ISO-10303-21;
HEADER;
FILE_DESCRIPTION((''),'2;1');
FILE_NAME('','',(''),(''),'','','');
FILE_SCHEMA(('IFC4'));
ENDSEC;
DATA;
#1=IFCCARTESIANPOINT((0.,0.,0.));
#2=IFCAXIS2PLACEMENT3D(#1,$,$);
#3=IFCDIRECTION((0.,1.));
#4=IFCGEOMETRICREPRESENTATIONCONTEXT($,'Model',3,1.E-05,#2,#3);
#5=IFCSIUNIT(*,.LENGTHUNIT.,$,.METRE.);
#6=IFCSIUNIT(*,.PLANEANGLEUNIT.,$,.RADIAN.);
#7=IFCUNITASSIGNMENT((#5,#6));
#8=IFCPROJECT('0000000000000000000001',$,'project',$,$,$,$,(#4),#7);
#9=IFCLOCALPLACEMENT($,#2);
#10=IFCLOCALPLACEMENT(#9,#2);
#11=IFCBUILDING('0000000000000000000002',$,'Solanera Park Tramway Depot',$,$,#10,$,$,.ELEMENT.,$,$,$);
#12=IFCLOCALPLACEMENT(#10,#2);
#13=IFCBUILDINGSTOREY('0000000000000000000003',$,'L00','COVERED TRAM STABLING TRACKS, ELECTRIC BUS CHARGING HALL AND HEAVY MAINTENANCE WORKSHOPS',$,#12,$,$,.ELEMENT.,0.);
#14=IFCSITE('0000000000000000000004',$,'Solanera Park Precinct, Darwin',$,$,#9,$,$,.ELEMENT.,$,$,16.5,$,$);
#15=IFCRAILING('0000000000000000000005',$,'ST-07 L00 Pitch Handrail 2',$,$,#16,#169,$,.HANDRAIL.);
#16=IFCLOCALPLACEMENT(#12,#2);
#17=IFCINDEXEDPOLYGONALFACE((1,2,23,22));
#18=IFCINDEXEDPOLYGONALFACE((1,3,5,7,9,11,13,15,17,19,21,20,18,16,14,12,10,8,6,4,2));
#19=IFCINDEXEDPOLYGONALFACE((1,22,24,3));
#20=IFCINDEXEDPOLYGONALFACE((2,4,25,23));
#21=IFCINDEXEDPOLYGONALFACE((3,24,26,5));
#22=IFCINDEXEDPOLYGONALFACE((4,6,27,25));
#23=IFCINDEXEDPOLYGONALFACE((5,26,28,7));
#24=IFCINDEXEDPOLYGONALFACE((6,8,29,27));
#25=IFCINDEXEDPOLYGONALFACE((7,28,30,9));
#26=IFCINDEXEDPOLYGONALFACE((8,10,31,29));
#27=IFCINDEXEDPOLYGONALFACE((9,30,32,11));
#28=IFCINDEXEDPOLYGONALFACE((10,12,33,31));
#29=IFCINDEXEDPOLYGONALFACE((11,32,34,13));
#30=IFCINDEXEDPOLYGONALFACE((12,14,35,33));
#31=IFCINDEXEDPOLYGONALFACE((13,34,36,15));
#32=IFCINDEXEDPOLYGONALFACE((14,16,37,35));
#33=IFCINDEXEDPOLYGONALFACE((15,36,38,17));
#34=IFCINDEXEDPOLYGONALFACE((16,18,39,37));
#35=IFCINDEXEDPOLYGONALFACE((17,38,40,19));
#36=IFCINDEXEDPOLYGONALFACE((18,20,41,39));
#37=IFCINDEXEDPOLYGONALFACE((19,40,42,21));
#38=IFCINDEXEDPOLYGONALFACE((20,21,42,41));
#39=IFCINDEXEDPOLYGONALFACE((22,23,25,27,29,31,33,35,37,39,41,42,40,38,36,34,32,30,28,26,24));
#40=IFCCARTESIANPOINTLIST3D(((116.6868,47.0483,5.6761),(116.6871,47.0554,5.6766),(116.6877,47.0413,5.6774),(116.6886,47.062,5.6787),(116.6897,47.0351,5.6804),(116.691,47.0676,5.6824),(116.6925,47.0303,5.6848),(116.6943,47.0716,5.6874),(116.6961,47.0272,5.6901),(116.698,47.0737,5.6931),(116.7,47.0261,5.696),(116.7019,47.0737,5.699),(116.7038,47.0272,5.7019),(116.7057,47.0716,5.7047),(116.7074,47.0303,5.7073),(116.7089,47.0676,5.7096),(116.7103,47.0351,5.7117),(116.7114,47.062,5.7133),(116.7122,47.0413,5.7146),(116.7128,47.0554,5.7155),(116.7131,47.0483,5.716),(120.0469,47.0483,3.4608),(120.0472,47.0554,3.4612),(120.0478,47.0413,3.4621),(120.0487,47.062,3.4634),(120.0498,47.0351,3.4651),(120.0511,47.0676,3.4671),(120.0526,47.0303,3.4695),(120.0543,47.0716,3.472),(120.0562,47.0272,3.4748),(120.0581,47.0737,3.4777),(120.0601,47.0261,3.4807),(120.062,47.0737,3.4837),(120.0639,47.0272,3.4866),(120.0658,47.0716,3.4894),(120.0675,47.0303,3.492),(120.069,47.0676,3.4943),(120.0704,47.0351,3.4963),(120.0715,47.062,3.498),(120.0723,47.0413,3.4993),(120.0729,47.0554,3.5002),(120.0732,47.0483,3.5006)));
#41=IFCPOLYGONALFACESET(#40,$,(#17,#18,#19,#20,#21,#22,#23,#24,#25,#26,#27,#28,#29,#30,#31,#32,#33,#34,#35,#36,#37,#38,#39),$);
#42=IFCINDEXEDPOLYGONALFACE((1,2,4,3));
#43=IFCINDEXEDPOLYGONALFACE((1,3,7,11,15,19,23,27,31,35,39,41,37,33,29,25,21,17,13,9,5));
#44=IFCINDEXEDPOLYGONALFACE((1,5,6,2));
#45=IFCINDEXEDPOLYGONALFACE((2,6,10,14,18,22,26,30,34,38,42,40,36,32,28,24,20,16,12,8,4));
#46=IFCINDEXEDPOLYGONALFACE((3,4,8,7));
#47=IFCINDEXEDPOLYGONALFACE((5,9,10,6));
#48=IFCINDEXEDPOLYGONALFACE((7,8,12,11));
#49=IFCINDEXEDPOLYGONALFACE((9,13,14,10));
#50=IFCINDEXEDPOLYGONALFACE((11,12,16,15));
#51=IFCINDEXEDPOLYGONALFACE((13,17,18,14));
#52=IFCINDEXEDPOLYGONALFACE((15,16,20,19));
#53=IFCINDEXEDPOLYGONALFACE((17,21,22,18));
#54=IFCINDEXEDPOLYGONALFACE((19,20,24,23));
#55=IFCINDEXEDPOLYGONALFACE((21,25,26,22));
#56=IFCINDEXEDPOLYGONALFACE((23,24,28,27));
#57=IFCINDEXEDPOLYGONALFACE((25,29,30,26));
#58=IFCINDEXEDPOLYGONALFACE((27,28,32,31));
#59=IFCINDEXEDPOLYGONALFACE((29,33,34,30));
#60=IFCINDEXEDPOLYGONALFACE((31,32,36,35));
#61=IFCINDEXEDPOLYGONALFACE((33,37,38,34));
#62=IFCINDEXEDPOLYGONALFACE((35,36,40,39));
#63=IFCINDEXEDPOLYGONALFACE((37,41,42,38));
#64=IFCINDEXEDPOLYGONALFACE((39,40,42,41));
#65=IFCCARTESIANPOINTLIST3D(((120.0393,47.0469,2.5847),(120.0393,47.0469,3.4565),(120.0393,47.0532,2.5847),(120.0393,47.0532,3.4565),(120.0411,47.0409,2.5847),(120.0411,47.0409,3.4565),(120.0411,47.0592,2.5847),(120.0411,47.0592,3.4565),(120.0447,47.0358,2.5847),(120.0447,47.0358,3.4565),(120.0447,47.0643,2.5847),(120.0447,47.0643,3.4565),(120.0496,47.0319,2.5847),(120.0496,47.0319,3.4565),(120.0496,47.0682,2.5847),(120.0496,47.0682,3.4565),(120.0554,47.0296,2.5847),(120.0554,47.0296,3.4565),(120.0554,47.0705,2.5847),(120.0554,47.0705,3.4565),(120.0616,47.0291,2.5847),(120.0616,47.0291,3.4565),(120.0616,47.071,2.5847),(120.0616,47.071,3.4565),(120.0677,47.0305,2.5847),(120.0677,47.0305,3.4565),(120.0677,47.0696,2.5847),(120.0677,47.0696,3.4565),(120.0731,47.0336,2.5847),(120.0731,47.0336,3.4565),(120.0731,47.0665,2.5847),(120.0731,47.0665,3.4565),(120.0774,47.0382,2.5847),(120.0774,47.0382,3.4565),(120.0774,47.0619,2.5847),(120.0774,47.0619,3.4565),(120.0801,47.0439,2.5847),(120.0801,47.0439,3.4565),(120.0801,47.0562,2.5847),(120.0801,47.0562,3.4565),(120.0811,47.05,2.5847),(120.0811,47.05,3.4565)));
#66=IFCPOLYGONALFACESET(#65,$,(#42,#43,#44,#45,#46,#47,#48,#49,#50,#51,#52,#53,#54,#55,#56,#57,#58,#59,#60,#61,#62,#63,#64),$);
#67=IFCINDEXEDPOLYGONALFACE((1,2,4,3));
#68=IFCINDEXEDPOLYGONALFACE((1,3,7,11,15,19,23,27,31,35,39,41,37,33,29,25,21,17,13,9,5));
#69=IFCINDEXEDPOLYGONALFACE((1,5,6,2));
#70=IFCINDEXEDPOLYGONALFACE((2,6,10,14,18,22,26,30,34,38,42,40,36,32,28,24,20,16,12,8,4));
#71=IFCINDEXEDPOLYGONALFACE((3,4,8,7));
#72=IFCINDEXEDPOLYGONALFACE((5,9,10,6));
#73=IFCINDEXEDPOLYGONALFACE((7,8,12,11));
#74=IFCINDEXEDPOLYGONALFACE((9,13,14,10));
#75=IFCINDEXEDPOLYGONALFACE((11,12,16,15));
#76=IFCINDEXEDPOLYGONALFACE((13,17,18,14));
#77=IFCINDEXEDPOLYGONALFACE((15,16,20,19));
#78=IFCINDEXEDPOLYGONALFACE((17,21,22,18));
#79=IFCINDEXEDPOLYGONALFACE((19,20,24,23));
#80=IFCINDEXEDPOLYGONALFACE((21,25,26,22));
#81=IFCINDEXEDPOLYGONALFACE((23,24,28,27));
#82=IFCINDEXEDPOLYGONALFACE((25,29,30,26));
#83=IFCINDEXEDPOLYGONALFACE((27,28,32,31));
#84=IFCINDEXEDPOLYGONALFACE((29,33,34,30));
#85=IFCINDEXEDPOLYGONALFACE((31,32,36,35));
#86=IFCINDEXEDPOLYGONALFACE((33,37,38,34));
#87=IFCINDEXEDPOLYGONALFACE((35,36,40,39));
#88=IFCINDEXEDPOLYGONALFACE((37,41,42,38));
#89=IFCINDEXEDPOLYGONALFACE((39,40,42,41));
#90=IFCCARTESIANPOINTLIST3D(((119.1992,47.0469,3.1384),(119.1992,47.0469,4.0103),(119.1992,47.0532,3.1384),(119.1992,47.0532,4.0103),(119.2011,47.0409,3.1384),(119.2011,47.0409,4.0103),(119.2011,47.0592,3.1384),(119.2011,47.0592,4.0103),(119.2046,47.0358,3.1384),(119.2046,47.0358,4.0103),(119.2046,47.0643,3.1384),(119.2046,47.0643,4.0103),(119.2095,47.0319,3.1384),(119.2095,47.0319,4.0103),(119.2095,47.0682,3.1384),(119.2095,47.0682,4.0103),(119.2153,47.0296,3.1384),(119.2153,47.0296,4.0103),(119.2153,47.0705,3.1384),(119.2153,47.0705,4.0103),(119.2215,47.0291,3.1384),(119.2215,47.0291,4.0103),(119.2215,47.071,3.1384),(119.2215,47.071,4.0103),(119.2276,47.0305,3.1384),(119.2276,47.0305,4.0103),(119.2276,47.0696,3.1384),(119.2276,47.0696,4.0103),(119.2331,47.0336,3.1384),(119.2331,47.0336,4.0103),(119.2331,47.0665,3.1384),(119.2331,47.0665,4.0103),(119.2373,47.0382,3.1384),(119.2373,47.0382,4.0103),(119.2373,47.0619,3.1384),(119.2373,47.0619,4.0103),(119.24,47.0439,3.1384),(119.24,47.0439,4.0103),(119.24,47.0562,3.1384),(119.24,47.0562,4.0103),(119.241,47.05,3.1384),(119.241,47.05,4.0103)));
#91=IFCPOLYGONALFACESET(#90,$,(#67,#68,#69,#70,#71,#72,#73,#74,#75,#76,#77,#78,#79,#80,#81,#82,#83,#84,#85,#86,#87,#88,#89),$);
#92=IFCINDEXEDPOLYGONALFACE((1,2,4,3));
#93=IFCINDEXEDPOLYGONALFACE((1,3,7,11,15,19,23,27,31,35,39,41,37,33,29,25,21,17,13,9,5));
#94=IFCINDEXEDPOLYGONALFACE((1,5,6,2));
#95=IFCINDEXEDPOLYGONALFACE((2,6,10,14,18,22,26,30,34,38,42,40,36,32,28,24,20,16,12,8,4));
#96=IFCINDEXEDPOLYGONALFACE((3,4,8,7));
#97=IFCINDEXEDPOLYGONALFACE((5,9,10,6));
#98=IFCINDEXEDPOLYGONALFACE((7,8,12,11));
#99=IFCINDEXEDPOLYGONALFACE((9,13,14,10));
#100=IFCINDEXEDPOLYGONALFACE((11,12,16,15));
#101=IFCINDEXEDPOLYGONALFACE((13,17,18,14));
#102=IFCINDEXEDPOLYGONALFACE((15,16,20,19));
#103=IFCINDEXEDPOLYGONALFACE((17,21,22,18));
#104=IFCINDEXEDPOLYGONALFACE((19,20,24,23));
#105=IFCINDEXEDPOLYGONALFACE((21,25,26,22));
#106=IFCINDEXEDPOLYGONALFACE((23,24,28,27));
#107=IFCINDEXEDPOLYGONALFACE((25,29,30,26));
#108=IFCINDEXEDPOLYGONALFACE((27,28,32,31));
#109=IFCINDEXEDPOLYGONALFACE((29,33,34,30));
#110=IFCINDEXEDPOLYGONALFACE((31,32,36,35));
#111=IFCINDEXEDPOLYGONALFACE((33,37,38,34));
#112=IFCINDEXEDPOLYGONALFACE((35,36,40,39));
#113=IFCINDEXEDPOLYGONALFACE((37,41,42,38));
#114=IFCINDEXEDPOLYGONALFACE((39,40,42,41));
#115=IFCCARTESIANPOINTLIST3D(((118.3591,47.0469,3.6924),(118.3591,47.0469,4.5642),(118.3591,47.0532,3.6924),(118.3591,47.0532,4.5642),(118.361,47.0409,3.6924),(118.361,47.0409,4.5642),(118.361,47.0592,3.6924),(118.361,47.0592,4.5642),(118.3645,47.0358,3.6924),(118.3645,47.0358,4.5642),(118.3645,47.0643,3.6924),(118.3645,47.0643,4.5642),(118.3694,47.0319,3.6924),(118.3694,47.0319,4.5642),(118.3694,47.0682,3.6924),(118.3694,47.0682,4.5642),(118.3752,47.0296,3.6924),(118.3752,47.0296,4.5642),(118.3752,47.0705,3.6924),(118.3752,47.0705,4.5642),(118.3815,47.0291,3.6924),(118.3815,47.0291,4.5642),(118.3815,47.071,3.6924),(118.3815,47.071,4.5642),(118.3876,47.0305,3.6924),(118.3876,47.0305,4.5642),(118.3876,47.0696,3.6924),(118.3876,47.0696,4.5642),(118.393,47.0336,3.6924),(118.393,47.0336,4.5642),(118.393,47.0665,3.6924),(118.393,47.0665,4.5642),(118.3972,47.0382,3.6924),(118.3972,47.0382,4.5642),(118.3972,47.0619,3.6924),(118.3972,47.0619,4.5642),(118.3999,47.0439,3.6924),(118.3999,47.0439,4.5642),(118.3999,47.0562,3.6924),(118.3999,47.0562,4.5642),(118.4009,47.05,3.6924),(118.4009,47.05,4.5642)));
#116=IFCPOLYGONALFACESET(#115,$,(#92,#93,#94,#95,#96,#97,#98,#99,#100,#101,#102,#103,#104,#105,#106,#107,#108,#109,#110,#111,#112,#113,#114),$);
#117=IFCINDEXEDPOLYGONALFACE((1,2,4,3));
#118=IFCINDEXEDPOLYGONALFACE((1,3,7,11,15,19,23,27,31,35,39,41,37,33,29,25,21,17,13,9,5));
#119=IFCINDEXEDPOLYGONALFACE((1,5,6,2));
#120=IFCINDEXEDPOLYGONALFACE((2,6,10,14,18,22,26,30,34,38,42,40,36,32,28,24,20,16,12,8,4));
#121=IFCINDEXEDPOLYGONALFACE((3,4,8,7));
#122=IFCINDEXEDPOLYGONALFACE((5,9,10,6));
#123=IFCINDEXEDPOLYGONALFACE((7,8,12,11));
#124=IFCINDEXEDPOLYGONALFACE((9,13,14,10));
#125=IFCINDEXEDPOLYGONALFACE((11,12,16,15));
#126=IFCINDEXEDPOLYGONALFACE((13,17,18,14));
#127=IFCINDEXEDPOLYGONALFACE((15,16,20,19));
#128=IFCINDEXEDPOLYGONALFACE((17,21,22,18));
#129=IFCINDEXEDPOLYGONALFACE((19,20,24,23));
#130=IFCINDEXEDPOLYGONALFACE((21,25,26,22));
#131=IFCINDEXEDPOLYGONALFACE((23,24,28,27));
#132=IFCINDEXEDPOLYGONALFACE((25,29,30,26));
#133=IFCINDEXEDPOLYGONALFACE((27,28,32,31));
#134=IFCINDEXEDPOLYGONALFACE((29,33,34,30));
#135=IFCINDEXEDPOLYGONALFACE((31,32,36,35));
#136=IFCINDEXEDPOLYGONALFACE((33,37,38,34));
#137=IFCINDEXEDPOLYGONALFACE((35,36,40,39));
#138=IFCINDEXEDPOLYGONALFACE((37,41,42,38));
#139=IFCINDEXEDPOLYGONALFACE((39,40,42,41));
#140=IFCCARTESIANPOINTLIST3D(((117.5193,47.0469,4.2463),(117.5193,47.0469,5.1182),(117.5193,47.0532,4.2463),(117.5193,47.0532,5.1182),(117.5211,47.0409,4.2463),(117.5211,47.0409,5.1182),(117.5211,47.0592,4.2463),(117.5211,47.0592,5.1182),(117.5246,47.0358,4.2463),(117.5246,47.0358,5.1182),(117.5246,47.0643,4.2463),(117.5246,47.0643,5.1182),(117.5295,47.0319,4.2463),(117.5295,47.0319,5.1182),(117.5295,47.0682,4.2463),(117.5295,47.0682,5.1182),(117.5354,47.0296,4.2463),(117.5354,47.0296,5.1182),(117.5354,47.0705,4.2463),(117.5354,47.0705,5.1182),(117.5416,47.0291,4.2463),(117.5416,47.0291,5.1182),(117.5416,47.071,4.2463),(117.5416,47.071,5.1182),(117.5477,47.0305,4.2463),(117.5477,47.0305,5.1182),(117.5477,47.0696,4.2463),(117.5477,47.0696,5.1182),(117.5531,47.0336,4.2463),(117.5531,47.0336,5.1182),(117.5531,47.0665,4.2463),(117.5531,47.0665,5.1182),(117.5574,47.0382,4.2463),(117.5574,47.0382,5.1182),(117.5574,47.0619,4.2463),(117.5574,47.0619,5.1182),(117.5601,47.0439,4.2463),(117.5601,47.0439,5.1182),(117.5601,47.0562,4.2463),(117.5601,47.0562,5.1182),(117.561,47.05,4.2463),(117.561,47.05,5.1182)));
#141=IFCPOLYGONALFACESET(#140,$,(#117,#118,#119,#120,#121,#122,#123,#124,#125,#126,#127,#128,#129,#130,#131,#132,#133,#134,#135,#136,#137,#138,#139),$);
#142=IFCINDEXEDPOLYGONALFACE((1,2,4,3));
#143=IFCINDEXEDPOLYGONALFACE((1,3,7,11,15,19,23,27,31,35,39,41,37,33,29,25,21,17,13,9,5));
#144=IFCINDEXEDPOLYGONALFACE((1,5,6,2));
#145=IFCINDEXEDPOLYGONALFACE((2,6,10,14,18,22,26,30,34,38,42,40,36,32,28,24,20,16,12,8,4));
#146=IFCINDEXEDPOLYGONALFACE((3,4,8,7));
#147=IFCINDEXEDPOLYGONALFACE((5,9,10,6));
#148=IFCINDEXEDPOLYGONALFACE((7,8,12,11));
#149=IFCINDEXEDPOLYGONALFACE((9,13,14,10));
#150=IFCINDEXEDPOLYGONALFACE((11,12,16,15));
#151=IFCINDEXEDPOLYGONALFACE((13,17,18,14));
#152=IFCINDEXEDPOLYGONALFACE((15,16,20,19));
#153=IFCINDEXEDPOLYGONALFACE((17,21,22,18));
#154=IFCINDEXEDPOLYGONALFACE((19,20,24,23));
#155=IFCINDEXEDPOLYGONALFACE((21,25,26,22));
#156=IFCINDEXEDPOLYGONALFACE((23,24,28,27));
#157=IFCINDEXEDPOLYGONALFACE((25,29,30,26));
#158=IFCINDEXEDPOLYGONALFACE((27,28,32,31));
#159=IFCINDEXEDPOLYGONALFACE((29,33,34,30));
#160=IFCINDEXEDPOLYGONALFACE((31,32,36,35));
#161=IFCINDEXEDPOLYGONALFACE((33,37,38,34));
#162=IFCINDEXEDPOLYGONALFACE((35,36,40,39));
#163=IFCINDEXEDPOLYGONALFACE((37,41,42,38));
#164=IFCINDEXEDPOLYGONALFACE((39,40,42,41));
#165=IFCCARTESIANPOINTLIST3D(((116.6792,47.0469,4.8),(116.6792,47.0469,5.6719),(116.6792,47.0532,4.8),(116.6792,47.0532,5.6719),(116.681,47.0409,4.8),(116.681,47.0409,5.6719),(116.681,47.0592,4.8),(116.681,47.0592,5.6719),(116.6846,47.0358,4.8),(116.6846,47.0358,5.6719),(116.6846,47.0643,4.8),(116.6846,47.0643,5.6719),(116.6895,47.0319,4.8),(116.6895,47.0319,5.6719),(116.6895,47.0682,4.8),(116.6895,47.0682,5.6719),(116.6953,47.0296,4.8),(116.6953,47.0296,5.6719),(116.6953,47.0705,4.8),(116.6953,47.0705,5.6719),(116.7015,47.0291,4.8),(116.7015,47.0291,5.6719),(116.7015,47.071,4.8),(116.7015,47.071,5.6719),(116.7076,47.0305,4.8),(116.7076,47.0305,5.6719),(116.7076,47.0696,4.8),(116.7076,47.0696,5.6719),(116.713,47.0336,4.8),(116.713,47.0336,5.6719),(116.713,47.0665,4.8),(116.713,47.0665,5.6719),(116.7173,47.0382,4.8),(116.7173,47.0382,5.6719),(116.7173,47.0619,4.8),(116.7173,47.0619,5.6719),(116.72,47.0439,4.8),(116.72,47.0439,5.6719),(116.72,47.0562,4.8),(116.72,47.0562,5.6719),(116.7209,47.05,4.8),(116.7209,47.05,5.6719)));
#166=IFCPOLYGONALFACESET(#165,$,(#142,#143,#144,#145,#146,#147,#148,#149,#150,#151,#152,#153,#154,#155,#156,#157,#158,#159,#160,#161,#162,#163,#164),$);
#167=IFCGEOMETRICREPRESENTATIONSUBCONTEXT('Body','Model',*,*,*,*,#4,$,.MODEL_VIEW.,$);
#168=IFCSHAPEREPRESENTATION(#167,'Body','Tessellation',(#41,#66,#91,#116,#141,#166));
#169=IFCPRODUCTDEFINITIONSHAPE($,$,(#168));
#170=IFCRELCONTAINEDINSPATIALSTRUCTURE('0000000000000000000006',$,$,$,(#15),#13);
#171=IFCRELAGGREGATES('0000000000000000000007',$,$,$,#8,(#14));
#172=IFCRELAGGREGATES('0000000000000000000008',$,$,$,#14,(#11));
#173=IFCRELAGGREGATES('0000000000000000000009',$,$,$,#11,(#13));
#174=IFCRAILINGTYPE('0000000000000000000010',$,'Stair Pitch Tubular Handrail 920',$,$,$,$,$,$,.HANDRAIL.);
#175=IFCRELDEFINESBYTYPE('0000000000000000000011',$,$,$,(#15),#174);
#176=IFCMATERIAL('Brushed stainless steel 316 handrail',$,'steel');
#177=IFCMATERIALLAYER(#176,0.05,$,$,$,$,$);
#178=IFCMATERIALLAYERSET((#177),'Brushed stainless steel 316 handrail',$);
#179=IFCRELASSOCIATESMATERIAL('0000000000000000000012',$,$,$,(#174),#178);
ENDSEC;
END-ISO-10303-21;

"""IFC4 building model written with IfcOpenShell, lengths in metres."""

from ifc_helpers import new_model, si_unit, direction, frame, origin, origin_2d, place, context, subcontext, project, spatial, circle, extrude, material, layer, layer_set, type_object, element, save


model = new_model("IFC4")

# Units and contexts
model_context = context("Model", 3, precision=1e-05, world=origin(), true_north=direction((0.0, 1.0)))
body_context = subcontext(model_context, "Body", "Model", "MODEL_VIEW")
ifc_project = project(units=[si_unit("LENGTHUNIT", "METRE"), si_unit("PLANEANGLEUNIT", "RADIAN")], contexts=[model_context])

# Site, building, storey
site_placement = place(None, origin())
site = spatial("IfcSite", under=ifc_project, at=site_placement, Name="Solanera Park Precinct, Darwin", CompositionType="ELEMENT", RefElevation=16.5)
building_placement = place(site_placement, origin())
building = spatial("IfcBuilding", under=site, at=building_placement, Name="Solanera Park Tramway Depot", CompositionType="ELEMENT")
storey_placement = place(building_placement, origin())
storey = spatial("IfcBuildingStorey", under=building, at=storey_placement, Name="L00", Description="COVERED TRAM STABLING TRACKS, ELECTRIC BUS CHARGING HALL AND HEAVY MAINTENANCE WORKSHOPS", CompositionType="ELEMENT", Elevation=0.0)

# Railing
ifc_material_1 = material(Name="Brushed stainless steel 316 handrail", Category="steel")
ifc_layer_1 = layer(ifc_material_1, 0.05)
ifc_layer_set_1 = layer_set([ifc_layer_1], Name="Brushed stainless steel 316 handrail")
railing_type_1 = type_object("IfcRailingType", Name="Stair Pitch Tubular Handrail 920", PredefinedType="HANDRAIL", material=ifc_layer_set_1)
railing_1_placement = place(storey_placement, frame((120.0601, 47.05, 2.5847)))
element("IfcRailing", 1, at=railing_1_placement, inside=storey, type_object=railing_type_1, Name="ST-07 L00 Pitch Handrail 2", PredefinedType="HANDRAIL", context=body_context, shape_type="SweptSolid", body=[
    extrude(circle(Radius=0.0239, at=origin_2d()), frame((0.0, 0.0, 0.896), z_axis=(-0.834876, 0.0, 0.550437), x_axis=(0.0, -1.0, 0.0)), (0.0, 0.0, 1.0), 4.0247),
    extrude(circle(Radius=0.021, at=origin_2d()), origin(), (0.0, 0.0, 1.0), 0.8718),
    extrude(circle(Radius=0.021, at=origin_2d()), frame((-0.8401, 0.0, 0.5537)), (0.0, 0.0, 1.0), 0.8718),
    extrude(circle(Radius=0.021, at=origin_2d()), frame((-1.6802, 0.0, 1.1077)), (0.0, 0.0, 1.0), 0.8718),
    extrude(circle(Radius=0.021, at=origin_2d()), frame((-2.52, 0.0, 1.6616)), (0.0, 0.0, 1.0), 0.8718),
    extrude(circle(Radius=0.021, at=origin_2d()), frame((-3.3601, 0.0, 2.2153)), (0.0, 0.0, 1.0), 0.8718),
])

save(model, "model.ifc")
